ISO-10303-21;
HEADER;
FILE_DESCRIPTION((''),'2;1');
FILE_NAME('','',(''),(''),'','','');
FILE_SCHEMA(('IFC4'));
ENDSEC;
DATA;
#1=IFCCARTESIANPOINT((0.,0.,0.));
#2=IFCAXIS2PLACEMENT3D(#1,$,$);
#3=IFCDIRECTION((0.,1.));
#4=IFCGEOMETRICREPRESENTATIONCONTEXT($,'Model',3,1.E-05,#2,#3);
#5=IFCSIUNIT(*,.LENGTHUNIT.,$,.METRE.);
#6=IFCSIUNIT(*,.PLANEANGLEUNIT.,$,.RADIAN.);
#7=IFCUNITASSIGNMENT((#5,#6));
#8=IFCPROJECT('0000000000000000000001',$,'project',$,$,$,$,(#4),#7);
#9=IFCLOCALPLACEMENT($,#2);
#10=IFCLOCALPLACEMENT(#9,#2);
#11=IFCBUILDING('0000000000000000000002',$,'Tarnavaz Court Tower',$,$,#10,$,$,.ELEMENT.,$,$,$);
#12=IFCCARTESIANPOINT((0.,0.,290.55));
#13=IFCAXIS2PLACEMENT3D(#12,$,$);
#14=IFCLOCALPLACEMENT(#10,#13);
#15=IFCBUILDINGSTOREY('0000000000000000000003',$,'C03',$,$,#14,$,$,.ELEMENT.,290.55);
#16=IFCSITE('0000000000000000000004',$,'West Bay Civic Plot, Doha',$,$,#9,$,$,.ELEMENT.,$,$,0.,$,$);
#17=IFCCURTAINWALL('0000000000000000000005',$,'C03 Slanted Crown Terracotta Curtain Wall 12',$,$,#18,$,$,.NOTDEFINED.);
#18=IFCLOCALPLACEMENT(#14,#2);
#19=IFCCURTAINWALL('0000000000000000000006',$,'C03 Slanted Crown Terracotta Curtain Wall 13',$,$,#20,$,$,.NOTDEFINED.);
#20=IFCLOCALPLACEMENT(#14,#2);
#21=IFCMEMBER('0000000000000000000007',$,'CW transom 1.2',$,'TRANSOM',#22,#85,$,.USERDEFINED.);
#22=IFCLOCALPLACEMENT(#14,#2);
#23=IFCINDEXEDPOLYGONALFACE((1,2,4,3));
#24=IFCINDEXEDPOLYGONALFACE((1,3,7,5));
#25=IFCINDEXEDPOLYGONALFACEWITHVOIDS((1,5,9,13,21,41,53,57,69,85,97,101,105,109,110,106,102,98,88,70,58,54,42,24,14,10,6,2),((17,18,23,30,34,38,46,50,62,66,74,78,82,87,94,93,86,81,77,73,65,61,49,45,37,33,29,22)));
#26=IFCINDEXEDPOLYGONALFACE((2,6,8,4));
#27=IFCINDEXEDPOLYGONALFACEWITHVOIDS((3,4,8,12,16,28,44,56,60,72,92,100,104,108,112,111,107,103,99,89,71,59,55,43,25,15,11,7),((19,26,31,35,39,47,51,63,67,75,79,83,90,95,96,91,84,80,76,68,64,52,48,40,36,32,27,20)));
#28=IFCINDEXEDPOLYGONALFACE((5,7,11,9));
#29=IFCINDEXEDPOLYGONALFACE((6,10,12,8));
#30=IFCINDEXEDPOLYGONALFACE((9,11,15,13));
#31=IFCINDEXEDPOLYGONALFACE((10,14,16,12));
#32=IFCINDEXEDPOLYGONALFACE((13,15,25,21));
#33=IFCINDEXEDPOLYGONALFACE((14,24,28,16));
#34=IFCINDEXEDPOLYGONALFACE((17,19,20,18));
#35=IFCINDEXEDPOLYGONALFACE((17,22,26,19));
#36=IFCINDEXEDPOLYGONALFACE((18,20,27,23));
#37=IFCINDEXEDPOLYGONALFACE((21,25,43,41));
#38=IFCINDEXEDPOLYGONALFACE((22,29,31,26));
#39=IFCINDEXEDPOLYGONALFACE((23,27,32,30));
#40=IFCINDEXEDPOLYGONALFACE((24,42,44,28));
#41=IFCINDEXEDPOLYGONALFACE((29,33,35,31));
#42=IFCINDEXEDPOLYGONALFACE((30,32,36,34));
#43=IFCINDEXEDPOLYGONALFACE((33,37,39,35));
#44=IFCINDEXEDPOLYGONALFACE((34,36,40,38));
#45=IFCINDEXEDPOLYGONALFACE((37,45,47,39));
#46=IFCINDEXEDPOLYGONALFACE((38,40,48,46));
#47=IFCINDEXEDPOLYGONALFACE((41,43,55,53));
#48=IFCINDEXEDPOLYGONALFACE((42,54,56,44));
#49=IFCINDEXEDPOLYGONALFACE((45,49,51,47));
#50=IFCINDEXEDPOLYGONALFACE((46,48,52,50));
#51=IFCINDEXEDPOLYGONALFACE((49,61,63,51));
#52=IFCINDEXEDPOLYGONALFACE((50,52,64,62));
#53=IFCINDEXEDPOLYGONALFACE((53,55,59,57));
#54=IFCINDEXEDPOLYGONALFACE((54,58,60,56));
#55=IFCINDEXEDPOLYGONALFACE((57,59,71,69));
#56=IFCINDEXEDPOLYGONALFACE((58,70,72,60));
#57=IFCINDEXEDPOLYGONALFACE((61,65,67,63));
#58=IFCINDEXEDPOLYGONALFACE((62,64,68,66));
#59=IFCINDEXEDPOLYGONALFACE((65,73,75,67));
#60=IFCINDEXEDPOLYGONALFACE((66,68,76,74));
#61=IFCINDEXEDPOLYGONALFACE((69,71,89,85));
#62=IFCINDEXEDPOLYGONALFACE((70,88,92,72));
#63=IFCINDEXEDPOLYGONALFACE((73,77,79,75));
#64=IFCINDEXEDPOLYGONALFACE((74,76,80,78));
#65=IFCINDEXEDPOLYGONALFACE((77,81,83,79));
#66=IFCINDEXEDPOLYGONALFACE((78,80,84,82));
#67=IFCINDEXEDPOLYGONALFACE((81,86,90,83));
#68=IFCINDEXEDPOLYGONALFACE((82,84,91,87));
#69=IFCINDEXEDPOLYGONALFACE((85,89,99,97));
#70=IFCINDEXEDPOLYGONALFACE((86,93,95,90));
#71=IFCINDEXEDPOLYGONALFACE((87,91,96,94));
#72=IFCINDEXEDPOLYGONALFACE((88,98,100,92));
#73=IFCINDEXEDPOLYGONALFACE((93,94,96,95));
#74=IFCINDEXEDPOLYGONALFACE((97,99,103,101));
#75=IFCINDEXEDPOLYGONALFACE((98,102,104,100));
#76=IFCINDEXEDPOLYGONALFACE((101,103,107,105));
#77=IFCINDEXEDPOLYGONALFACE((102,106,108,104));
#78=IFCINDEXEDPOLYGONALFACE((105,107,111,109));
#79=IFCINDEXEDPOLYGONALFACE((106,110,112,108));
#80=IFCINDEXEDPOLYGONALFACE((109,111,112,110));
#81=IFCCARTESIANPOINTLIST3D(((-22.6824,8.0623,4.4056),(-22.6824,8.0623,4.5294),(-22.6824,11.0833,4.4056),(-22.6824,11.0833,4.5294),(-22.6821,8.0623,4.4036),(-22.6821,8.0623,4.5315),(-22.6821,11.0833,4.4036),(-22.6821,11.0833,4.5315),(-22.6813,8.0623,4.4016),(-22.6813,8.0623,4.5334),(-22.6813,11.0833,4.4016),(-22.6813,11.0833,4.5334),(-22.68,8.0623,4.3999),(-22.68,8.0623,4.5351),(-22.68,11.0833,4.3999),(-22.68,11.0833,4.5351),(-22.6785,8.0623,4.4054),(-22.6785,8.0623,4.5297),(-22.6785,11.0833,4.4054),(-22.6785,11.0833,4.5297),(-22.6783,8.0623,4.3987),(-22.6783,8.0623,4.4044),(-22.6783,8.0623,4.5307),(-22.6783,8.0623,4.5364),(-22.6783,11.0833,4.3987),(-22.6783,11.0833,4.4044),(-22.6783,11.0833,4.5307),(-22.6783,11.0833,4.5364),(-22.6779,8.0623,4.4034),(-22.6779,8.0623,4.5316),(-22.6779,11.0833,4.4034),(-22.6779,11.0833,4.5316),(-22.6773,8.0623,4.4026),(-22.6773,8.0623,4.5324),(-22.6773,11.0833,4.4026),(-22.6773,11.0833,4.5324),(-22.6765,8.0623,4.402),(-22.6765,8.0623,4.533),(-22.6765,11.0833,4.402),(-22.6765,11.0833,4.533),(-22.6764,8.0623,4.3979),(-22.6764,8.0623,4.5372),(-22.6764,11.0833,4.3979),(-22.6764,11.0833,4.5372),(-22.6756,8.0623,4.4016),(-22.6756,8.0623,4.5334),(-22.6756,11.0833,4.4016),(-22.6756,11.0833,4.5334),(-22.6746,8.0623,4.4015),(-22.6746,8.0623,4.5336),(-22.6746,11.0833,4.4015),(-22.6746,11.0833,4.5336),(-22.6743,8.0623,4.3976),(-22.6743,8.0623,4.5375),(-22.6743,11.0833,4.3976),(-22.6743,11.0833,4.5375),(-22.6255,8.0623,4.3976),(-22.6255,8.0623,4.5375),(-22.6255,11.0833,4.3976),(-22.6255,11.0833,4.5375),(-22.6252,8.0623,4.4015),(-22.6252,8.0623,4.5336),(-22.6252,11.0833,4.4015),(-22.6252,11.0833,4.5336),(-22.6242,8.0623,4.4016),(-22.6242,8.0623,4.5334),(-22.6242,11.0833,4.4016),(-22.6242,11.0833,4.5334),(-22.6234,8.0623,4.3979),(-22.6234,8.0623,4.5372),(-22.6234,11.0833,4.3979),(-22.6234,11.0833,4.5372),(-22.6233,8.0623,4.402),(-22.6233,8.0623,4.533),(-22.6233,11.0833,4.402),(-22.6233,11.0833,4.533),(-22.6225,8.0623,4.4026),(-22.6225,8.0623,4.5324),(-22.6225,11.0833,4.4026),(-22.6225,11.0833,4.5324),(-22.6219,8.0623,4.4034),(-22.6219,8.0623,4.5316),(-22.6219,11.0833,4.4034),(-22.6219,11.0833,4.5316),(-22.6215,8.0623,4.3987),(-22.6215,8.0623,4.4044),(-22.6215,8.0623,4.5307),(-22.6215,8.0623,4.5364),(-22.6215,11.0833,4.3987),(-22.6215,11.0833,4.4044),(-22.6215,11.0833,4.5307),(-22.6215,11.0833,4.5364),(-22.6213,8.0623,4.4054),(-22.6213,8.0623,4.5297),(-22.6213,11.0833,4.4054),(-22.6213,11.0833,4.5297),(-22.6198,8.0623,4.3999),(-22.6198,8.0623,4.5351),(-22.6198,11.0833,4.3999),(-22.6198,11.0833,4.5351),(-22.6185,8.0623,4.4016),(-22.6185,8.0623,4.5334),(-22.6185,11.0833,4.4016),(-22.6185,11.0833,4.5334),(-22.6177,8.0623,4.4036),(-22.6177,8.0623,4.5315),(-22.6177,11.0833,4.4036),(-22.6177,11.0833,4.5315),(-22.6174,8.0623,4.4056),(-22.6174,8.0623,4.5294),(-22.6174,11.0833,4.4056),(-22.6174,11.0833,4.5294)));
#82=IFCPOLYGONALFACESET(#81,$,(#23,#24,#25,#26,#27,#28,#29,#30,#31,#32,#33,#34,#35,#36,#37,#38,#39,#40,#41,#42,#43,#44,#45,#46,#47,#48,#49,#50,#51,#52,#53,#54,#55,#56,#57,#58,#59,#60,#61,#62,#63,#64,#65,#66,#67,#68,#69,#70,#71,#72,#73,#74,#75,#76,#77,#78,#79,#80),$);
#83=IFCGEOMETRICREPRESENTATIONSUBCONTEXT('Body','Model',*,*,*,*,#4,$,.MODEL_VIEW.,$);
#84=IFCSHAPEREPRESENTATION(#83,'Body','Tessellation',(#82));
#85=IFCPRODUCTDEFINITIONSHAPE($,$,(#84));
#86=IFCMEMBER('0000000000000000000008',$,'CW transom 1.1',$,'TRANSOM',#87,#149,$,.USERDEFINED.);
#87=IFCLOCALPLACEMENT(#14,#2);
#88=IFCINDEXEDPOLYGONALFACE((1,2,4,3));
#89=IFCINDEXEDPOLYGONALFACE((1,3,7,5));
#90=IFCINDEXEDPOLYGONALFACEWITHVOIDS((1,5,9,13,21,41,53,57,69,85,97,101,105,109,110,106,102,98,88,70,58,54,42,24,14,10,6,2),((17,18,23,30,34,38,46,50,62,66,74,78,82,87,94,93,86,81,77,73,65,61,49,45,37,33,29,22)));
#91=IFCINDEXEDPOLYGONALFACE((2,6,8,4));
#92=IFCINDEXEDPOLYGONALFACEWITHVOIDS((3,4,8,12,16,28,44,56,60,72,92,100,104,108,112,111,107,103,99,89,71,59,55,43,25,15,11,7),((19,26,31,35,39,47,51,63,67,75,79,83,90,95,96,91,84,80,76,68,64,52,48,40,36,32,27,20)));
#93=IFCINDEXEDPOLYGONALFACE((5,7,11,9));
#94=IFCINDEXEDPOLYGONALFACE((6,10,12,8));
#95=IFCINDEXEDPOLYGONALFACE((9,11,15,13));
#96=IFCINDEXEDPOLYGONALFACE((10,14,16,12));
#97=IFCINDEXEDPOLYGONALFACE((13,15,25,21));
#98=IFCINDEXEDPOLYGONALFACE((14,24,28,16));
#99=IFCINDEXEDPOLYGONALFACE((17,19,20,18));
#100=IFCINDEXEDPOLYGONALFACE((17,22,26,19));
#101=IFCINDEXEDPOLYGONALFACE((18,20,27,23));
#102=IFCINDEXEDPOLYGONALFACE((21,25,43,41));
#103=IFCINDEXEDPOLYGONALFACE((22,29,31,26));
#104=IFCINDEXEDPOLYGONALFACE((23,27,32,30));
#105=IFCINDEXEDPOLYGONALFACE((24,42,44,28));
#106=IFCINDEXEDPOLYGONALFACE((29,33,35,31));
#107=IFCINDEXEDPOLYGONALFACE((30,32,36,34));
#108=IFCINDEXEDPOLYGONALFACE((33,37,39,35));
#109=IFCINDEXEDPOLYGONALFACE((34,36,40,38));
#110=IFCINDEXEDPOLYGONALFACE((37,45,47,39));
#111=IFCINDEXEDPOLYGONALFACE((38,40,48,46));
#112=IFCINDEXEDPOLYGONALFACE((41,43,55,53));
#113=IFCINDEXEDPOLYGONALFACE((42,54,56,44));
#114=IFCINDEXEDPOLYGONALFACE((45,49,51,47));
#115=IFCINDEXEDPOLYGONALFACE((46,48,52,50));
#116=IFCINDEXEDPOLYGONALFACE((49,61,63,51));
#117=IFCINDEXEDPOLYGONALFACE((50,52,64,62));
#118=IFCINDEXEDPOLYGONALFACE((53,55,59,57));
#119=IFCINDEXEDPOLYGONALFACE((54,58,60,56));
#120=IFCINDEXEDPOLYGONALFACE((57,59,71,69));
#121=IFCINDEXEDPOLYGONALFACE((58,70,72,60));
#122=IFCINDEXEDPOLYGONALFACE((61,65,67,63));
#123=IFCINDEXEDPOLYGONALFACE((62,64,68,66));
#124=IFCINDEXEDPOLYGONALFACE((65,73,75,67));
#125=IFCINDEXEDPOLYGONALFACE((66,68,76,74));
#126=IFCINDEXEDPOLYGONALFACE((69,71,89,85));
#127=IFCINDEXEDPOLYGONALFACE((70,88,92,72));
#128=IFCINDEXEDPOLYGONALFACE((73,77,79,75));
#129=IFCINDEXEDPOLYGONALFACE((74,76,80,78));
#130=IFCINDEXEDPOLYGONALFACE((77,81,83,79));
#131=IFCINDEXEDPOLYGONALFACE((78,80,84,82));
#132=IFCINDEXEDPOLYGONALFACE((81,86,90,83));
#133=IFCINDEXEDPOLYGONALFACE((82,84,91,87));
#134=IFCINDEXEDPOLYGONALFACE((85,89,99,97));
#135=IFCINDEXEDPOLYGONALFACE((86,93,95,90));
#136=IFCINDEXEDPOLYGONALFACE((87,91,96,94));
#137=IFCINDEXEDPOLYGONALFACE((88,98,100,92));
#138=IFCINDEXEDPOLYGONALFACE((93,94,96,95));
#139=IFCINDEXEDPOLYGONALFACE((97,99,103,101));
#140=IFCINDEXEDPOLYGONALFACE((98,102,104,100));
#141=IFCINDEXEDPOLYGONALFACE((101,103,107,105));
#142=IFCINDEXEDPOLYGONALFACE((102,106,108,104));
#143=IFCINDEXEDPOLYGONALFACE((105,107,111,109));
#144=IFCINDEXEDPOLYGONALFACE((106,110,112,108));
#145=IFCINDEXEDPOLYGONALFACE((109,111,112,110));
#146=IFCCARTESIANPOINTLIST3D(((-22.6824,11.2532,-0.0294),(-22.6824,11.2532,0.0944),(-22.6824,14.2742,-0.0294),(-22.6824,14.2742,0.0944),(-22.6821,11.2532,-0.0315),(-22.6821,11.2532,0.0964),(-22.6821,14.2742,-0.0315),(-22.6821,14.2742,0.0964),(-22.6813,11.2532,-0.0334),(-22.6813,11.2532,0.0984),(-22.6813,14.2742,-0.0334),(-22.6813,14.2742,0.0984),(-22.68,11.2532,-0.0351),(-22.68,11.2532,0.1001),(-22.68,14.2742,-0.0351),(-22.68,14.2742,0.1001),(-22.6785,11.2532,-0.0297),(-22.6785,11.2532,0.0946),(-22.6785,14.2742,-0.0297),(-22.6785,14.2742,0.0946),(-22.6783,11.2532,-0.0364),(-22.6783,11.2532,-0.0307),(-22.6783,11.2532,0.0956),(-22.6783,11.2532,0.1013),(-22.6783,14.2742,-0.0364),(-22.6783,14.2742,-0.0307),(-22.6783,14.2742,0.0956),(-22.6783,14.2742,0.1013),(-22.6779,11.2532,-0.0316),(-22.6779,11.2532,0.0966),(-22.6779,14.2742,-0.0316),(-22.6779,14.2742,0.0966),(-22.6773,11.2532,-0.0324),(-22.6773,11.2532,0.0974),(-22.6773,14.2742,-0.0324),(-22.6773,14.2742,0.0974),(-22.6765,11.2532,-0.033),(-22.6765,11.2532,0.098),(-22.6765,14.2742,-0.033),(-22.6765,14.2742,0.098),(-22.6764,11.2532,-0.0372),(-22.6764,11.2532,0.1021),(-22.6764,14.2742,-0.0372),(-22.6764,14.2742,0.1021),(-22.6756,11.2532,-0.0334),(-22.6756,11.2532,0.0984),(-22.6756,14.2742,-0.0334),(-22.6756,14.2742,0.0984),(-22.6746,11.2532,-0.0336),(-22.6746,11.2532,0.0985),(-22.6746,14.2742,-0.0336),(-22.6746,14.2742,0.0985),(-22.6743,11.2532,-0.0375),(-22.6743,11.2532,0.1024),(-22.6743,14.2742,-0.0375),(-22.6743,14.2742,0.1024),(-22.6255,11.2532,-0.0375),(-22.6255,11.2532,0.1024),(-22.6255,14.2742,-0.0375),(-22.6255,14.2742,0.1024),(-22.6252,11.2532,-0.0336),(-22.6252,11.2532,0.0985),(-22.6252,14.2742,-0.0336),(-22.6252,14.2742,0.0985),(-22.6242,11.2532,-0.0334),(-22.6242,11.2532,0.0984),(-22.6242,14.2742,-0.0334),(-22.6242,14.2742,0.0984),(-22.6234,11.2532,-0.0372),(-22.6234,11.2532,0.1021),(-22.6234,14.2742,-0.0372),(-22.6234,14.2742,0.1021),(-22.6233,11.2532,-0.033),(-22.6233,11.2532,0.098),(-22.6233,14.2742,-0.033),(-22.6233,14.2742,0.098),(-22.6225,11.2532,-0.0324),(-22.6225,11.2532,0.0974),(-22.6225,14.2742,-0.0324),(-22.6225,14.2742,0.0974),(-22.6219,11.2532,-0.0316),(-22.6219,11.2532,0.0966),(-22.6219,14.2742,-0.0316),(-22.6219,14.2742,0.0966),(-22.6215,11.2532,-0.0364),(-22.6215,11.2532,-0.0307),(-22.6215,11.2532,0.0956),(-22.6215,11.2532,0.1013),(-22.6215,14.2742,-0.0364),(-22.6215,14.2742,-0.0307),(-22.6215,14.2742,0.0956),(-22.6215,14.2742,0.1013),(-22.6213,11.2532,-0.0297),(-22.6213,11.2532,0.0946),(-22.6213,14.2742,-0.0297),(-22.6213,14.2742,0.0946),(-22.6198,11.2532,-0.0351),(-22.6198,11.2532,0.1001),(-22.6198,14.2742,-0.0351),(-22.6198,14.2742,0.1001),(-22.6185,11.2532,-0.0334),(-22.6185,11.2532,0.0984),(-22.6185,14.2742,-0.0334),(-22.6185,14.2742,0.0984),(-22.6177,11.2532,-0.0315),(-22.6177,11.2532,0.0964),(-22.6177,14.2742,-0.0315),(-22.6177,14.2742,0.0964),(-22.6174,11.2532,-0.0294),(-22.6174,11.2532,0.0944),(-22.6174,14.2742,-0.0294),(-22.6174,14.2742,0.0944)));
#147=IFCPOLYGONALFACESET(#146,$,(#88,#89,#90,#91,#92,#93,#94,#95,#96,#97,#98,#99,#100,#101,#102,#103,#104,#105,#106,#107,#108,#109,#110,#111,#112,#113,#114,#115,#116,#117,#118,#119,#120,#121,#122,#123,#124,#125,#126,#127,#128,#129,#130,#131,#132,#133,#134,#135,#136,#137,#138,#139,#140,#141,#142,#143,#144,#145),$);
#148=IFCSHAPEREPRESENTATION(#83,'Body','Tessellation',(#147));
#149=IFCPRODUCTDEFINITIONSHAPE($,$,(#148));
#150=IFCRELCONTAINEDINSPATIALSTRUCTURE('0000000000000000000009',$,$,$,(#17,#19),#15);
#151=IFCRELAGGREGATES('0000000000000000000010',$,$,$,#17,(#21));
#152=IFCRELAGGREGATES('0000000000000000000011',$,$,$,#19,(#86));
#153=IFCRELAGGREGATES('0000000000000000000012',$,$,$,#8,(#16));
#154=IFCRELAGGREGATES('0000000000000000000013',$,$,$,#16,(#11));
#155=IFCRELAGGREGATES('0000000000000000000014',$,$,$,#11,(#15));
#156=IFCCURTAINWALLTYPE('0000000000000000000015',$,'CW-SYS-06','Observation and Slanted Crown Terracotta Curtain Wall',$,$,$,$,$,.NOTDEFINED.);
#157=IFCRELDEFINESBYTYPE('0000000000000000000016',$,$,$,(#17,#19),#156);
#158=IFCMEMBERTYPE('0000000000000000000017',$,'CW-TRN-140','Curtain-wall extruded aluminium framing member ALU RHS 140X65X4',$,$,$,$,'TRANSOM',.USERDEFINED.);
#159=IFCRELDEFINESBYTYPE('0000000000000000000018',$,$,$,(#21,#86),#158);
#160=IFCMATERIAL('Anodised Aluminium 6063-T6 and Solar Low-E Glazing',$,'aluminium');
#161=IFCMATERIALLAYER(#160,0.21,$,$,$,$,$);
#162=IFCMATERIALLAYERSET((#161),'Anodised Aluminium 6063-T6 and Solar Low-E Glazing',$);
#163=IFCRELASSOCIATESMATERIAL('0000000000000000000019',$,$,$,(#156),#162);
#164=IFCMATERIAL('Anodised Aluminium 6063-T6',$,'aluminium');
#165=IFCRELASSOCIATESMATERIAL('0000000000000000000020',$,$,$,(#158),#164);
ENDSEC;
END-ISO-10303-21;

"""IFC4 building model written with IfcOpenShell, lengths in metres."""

from ifc_helpers import new_model, si_unit, direction, frame, origin, origin_2d, place, context, subcontext, project, spatial, hollow_rectangle, extrude, material, layer, layer_set, material_profile, profile_set, type_object, element, aggregate, save


model = new_model("IFC4")

# Units and contexts
model_context = context("Model", 3, precision=1e-05, world=origin(), true_north=direction((0.0, 1.0)))
body_context = subcontext(model_context, "Body", "Model", "MODEL_VIEW")
ifc_project = project(units=[si_unit("LENGTHUNIT", "METRE"), si_unit("PLANEANGLEUNIT", "RADIAN")], contexts=[model_context])

# Site, building, storey
site_placement = place(None, origin())
site = spatial("IfcSite", under=ifc_project, at=site_placement, Name="West Bay Civic Plot, Doha", CompositionType="ELEMENT", RefElevation=0.0)
building_placement = place(site_placement, origin())
building = spatial("IfcBuilding", under=site, at=building_placement, Name="Tarnavaz Court Tower", CompositionType="ELEMENT")
storey_placement = place(building_placement, frame((0.0, 0.0, 290.55)))
storey = spatial("IfcBuildingStorey", under=building, at=storey_placement, Name="C03", CompositionType="ELEMENT", Elevation=290.55)

# Shared definitions
ifc_material_1 = material(Name="Anodised Aluminium 6063-T6 and Solar Low-E Glazing", Category="aluminium")
ifc_layer_1 = layer(ifc_material_1, 0.21)
ifc_layer_set_1 = layer_set([ifc_layer_1], Name="Anodised Aluminium 6063-T6 and Solar Low-E Glazing")
curtain_wall_type = type_object("IfcCurtainWallType", Name="CW-SYS-06", Description="Observation and Slanted Crown Terracotta Curtain Wall", PredefinedType="NOTDEFINED", material=ifc_layer_set_1)
ifc_material_2 = material(Name="Anodised Aluminium 6063-T6", Category="aluminium")

# Curtain walls
curtain_wall_1_placement = place(storey_placement, origin())
curtain_wall_1 = element("IfcCurtainWall", 1, at=curtain_wall_1_placement, inside=storey, type_object=curtain_wall_type, Name="C03 Slanted Crown Terracotta Curtain Wall 12", PredefinedType="NOTDEFINED")
curtain_wall_2_placement = place(storey_placement, origin())
curtain_wall_2 = element("IfcCurtainWall", 2, at=curtain_wall_2_placement, inside=storey, type_object=curtain_wall_type, Name="C03 Slanted Crown Terracotta Curtain Wall 13", PredefinedType="NOTDEFINED")

# Members
ifc_material_profile_1 = material_profile(ifc_material_2, hollow_rectangle(XDim=0.0649, YDim=0.1399, WallThickness=0.0039, InnerFilletRadius=0.0039, OuterFilletRadius=0.0081, at=origin_2d()), Name="ALU RHS 140X65X4")
ifc_profile_set_1 = profile_set([ifc_material_profile_1], Name="Anodised Aluminium 6063-T6")
member_type_1 = type_object("IfcMemberType", Name="CW-TRN-140", Description="Curtain-wall extruded aluminium framing member ALU RHS 140X65X4", ElementType="TRANSOM", PredefinedType="USERDEFINED", material=ifc_profile_set_1)
member_1_placement = place(storey_placement, frame((-22.6499, 8.0623, 4.4675), z_axis=(0.0, 1.0, 0.0), x_axis=(-1.0, 0.0, 0.0)))
member_1 = element("IfcMember", 3, at=member_1_placement, type_object=member_type_1, Name="CW transom 1.2", ObjectType="TRANSOM", PredefinedType="USERDEFINED", context=body_context, shape_type="SweptSolid", body=[
    extrude(hollow_rectangle(XDim=0.0649, YDim=0.1399, WallThickness=0.0039, InnerFilletRadius=0.0039, OuterFilletRadius=0.0081, at=origin_2d()), origin(), (0.0, 0.0, 1.0), 3.021),
])
member_2_placement = place(storey_placement, frame((-22.6499, 11.2532, 0.0325), z_axis=(0.0, 1.0, 0.0), x_axis=(-1.0, 0.0, 0.0)))
member_2 = element("IfcMember", 4, at=member_2_placement, type_object=member_type_1, Name="CW transom 1.1", ObjectType="TRANSOM", PredefinedType="USERDEFINED", context=body_context, shape_type="SweptSolid", body=[
    extrude(hollow_rectangle(XDim=0.0649, YDim=0.1399, WallThickness=0.0039, InnerFilletRadius=0.0039, OuterFilletRadius=0.0081, at=origin_2d()), origin(), (0.0, 0.0, 1.0), 3.021),
])

aggregate(curtain_wall_1, [member_1])
aggregate(curtain_wall_2, [member_2])

save(model, "model.ifc")
